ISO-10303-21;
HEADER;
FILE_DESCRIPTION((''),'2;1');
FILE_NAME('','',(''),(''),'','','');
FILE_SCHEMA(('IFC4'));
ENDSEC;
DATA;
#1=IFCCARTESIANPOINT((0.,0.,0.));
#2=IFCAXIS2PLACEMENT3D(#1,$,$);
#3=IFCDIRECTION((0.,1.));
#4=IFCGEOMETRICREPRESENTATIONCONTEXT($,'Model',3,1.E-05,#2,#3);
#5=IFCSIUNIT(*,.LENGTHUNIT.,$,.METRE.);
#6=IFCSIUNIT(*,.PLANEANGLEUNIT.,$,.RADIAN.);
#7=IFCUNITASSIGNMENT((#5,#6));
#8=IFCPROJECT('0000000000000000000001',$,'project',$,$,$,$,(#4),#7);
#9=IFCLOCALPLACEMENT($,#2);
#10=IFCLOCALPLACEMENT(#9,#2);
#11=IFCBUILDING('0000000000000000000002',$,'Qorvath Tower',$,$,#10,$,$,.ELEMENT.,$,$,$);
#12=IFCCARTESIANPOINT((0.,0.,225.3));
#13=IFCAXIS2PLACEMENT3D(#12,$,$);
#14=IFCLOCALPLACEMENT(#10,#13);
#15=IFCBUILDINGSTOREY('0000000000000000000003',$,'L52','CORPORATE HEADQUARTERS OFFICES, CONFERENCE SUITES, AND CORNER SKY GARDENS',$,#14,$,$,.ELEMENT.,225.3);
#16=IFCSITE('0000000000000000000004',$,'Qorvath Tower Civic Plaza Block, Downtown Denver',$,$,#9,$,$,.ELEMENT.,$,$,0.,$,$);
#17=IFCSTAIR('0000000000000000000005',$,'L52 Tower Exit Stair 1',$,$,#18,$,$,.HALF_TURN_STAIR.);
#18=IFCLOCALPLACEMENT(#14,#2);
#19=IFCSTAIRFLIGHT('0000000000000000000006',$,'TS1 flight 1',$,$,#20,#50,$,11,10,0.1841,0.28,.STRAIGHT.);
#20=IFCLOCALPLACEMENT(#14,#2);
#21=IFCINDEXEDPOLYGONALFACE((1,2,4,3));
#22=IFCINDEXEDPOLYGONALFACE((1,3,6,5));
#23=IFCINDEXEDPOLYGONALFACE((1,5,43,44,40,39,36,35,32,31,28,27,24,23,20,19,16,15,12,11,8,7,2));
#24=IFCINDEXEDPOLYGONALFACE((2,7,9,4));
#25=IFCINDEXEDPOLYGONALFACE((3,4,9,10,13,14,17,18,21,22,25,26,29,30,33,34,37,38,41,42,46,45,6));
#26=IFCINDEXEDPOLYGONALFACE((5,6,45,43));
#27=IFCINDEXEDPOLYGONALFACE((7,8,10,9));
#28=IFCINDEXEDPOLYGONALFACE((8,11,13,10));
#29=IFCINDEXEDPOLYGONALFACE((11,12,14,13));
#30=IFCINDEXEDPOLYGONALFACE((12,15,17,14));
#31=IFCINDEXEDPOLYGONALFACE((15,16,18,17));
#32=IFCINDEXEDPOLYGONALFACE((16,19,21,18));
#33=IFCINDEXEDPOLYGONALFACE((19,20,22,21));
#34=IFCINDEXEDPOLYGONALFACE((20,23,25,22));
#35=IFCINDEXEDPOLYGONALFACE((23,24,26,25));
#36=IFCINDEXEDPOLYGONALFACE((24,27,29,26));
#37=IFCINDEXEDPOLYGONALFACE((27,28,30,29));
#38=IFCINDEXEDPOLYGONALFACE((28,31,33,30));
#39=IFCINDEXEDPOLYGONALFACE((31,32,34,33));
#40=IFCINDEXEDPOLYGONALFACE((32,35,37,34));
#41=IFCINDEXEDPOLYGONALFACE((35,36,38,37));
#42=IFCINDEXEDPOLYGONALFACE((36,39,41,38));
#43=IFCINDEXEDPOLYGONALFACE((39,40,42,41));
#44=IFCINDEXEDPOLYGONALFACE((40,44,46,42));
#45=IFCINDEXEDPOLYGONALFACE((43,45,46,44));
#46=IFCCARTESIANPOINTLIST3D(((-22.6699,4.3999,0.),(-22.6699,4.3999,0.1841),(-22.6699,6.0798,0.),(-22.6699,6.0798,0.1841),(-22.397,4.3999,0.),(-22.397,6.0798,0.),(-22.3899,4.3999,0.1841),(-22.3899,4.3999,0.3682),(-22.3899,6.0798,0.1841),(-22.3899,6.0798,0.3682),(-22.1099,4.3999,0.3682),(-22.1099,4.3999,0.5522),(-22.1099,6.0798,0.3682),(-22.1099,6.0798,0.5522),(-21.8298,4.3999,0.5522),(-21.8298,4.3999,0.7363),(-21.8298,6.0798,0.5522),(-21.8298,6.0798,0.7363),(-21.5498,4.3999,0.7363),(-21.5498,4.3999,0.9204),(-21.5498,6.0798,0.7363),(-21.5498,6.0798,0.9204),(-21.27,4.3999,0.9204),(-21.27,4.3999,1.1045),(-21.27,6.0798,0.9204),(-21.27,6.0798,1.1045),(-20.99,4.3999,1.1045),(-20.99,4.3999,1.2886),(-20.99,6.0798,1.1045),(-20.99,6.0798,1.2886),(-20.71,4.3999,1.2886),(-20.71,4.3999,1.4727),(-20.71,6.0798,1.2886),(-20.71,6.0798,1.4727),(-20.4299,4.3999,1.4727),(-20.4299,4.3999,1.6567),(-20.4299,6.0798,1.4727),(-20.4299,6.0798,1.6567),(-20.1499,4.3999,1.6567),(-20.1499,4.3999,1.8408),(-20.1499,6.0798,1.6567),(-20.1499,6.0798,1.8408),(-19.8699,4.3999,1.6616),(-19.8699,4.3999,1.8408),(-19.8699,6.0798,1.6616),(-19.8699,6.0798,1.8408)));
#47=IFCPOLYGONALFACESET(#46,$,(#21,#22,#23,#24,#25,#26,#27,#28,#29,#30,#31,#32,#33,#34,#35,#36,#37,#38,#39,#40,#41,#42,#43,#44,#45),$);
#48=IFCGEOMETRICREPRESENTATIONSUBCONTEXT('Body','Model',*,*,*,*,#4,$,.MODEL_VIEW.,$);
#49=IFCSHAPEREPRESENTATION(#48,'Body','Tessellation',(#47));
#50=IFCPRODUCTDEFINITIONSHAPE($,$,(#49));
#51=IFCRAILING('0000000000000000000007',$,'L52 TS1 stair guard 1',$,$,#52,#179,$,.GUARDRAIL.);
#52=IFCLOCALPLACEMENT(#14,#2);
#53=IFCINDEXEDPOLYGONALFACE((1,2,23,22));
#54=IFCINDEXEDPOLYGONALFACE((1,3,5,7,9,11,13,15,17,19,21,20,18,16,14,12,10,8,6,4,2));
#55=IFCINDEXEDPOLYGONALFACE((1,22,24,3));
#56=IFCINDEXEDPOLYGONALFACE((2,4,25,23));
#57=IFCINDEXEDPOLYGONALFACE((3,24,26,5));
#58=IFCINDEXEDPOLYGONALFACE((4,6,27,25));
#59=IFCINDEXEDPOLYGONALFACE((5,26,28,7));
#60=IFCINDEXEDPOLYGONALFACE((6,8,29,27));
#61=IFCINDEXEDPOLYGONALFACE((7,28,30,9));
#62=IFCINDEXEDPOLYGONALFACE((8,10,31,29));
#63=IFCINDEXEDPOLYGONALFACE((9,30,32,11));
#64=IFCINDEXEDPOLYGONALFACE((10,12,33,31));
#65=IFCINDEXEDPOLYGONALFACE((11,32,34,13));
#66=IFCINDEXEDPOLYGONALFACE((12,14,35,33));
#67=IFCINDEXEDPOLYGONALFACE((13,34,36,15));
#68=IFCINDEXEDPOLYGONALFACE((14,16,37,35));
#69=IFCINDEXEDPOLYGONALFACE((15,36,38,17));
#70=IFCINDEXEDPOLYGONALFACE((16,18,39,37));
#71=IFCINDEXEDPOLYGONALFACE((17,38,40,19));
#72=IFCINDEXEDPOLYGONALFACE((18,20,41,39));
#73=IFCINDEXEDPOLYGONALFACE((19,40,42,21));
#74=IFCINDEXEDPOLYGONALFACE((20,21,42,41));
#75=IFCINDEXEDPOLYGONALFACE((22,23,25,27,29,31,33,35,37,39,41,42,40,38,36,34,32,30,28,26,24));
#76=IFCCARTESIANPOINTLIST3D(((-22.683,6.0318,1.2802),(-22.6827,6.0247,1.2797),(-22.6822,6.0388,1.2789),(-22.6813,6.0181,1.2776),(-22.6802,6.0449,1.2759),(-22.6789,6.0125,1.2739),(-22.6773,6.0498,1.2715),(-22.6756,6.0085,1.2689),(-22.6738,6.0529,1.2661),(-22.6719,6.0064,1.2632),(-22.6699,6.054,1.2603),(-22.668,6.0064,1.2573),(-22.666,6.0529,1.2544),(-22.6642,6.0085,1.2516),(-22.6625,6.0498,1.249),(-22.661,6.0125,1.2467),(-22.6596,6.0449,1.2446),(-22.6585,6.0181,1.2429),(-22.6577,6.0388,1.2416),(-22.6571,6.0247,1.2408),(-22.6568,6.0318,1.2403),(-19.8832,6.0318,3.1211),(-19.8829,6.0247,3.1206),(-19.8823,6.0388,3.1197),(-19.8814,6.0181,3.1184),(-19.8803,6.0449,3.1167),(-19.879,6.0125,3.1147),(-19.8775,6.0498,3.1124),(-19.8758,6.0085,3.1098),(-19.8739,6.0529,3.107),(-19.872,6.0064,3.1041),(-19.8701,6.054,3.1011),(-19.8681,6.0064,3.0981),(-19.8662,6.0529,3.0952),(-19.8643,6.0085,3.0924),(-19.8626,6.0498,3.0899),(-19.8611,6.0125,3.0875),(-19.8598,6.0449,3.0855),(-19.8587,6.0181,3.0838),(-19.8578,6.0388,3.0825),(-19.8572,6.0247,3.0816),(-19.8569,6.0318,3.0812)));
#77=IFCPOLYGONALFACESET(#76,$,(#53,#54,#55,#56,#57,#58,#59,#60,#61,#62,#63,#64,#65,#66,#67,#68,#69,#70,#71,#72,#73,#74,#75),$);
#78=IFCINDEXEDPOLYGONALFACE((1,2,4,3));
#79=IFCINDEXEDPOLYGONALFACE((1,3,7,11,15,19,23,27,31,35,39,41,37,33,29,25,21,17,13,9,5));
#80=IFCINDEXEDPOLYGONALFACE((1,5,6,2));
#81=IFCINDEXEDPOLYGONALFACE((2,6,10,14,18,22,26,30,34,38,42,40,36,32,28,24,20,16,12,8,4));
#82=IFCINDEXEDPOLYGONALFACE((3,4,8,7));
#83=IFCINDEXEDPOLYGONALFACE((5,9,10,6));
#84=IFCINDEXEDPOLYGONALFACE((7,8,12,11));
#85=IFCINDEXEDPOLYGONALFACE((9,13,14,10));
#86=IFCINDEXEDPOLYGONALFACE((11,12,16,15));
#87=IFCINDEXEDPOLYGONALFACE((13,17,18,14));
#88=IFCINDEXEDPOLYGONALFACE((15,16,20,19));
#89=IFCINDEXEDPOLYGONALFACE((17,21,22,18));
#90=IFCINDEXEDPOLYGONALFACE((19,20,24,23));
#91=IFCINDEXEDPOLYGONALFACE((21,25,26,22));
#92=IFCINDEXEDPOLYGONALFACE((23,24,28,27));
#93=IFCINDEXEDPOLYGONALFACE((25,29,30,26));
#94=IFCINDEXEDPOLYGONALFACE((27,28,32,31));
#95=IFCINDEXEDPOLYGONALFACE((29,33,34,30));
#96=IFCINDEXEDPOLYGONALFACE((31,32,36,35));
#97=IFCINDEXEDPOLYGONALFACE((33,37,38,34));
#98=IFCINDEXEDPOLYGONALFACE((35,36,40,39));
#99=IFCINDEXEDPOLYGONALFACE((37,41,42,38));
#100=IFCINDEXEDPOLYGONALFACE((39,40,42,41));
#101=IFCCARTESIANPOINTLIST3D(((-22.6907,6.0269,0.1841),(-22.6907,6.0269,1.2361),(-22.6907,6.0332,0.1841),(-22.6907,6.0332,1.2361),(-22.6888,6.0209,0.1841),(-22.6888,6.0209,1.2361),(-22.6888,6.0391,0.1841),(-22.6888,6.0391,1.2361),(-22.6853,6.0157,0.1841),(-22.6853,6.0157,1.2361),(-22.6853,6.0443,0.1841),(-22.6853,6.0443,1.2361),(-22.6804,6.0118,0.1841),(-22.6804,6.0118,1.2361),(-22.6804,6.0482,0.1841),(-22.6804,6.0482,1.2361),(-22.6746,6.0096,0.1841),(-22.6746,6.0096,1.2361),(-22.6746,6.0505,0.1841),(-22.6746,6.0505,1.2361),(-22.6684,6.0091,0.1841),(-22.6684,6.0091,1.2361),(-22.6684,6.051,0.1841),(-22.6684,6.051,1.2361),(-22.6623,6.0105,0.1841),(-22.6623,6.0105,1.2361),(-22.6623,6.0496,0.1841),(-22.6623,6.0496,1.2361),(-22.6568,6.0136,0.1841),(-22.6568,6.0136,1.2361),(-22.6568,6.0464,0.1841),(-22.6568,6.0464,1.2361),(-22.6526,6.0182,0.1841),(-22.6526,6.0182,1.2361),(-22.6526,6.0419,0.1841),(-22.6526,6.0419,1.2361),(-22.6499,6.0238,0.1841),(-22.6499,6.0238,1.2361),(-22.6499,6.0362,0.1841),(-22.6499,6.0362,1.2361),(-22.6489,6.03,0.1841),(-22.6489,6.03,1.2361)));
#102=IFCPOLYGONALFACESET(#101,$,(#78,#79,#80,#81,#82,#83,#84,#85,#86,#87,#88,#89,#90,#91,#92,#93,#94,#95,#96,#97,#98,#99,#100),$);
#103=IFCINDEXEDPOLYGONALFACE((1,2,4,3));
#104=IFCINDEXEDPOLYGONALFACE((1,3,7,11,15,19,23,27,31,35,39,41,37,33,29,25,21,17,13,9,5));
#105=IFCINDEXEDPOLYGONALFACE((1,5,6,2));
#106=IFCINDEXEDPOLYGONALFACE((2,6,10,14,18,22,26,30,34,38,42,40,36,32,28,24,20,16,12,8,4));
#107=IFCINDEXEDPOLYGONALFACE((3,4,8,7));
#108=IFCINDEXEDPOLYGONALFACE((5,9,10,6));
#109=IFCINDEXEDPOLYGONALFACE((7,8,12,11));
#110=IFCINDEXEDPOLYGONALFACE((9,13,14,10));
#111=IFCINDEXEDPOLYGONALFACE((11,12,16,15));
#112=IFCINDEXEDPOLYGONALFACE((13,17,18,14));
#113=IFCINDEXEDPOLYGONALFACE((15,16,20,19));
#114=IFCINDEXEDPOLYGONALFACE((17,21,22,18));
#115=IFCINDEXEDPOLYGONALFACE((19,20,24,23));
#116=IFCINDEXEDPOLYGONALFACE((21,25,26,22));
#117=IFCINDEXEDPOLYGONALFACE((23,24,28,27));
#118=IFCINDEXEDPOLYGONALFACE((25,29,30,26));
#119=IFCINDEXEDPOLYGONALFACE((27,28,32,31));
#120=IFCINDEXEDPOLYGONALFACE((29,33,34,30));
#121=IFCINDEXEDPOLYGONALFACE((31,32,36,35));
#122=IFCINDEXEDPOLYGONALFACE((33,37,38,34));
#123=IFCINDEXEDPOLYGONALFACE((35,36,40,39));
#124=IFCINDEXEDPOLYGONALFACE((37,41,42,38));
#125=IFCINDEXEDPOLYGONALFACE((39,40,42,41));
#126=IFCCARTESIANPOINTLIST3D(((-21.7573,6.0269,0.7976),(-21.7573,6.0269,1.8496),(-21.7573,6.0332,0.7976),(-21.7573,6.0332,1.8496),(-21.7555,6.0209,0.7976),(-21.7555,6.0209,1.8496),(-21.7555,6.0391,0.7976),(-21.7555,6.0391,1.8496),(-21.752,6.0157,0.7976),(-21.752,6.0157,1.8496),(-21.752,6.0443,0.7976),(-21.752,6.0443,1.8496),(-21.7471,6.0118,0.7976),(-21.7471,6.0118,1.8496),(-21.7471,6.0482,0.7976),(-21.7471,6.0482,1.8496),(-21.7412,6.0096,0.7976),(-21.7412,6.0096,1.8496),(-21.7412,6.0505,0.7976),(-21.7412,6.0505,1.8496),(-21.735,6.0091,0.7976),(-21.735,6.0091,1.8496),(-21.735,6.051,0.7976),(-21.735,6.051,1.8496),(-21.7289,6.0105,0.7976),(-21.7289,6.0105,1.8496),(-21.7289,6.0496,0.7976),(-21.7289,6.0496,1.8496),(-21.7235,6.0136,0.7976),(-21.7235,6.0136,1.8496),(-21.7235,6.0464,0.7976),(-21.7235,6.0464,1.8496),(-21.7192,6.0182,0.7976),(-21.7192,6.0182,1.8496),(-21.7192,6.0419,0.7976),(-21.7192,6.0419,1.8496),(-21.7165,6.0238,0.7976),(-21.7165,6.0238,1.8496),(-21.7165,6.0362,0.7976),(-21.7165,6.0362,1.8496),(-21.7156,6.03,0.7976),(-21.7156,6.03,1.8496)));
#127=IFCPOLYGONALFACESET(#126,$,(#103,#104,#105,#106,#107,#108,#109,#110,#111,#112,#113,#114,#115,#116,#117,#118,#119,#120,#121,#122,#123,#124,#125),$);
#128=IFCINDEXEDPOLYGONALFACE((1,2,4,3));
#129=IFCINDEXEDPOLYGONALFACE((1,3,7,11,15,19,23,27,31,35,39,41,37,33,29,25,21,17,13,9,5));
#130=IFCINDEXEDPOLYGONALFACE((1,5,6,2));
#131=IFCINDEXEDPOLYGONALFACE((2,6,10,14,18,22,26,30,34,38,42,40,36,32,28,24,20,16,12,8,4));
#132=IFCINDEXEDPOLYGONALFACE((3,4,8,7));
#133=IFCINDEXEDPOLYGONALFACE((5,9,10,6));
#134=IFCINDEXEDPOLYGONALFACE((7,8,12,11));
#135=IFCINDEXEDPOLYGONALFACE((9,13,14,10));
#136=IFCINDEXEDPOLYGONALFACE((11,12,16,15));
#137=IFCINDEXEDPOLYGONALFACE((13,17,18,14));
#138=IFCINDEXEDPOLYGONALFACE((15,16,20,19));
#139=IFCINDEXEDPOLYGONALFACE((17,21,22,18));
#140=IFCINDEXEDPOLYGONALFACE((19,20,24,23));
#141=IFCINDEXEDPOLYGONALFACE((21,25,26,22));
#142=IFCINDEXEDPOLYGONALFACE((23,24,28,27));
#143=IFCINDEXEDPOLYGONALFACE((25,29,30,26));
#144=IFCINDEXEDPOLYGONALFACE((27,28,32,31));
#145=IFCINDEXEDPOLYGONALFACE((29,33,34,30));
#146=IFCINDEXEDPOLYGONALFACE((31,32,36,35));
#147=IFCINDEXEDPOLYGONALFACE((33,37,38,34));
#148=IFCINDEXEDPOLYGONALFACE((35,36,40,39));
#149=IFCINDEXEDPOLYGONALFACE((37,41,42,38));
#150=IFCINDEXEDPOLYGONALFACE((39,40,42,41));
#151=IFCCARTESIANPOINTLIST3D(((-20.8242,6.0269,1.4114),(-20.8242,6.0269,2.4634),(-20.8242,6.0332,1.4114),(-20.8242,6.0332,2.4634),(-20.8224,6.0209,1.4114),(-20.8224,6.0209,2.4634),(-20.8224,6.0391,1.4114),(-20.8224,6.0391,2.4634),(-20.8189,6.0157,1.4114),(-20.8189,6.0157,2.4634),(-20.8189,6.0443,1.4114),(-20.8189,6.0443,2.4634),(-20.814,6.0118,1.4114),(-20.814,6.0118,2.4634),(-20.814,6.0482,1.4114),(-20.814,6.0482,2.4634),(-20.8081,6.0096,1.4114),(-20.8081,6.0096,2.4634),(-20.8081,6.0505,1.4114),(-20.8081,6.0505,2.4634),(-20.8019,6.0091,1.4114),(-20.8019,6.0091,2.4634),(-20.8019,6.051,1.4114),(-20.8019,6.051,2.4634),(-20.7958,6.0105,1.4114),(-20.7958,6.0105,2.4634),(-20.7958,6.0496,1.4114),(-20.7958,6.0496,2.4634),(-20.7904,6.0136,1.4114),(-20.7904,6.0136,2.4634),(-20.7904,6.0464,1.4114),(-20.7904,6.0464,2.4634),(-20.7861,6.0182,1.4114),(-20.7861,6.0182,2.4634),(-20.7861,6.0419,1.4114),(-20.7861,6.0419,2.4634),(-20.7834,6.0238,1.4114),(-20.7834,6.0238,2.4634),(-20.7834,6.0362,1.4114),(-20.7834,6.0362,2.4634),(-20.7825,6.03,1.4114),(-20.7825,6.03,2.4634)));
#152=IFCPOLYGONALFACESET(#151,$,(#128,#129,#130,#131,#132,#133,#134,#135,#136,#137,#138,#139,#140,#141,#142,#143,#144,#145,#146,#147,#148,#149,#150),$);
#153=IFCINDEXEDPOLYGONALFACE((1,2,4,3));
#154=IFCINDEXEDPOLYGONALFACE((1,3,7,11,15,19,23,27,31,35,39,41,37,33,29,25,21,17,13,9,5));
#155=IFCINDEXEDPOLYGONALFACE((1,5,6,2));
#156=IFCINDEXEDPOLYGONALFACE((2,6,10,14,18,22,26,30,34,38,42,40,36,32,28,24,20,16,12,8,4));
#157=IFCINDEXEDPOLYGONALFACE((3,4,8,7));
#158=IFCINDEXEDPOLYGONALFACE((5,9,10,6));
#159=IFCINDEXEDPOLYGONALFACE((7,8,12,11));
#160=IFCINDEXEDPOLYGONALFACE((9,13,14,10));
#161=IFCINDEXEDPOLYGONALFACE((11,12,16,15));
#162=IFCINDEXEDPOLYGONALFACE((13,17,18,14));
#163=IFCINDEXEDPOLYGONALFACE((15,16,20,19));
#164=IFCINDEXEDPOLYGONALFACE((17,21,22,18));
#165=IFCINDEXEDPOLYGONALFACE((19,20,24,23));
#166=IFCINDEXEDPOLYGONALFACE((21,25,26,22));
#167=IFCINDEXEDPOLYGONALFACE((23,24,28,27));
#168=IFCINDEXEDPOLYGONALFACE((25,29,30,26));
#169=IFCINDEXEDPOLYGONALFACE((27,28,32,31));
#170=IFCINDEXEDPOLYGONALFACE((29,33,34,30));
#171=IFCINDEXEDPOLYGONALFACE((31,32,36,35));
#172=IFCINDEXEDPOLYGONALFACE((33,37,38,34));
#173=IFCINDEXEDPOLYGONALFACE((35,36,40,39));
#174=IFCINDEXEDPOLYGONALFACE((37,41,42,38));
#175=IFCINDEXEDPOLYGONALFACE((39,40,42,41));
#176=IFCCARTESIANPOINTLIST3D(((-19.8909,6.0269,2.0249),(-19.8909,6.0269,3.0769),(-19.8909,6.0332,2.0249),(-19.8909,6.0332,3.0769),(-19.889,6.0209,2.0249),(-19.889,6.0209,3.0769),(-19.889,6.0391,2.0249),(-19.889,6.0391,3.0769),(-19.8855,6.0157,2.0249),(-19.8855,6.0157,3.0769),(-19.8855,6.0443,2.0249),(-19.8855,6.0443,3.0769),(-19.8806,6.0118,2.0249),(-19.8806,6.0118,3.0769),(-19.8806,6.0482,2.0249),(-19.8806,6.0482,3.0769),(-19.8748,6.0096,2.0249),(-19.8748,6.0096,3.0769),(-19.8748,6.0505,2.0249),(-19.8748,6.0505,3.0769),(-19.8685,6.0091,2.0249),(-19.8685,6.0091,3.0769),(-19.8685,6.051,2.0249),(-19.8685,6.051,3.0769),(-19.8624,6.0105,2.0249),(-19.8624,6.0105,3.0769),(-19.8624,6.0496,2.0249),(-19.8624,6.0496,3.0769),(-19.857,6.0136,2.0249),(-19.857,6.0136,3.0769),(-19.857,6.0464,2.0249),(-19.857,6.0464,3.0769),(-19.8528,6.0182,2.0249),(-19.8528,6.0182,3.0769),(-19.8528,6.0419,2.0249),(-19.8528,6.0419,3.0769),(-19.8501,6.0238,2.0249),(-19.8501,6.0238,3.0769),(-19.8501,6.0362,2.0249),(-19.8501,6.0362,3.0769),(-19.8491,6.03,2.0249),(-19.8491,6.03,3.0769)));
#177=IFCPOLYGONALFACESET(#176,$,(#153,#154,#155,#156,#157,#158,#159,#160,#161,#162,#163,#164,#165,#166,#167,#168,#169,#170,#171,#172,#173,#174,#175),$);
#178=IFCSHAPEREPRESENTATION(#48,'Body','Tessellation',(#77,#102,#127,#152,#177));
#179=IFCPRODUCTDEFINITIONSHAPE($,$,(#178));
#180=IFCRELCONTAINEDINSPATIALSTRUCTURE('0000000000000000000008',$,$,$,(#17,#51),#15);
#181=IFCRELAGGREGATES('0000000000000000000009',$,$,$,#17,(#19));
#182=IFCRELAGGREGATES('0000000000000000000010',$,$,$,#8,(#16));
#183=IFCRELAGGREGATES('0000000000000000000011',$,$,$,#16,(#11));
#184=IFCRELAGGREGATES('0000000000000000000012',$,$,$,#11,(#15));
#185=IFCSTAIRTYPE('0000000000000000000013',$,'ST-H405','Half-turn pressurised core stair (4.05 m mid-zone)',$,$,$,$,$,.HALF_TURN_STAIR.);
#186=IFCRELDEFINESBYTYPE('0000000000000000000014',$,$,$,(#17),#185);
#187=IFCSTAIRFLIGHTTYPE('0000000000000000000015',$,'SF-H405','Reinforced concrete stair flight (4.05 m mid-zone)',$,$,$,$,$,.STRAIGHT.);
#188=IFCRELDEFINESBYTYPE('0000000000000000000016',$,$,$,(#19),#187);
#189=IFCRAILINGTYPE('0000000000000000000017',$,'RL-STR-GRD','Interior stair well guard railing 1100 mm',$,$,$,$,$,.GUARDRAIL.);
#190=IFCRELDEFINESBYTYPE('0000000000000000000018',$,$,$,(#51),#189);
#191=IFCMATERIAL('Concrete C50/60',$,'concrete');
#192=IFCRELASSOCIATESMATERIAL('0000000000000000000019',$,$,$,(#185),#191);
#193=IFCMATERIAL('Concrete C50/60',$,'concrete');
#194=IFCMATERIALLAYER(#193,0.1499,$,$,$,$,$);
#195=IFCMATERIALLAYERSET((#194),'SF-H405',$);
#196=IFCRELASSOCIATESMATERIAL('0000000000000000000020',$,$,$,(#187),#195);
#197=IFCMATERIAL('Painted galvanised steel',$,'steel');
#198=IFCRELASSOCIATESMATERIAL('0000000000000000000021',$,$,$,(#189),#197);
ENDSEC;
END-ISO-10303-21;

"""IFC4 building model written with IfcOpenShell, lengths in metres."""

from ifc_helpers import new_model, si_unit, direction, frame, origin, origin_2d, place, context, subcontext, project, spatial, polyline, circle, outline, extrude, material, layer, layer_set, type_object, element, aggregate, save


model = new_model("IFC4")

# Units and contexts
model_context = context("Model", 3, precision=1e-05, world=origin(), true_north=direction((0.0, 1.0)))
body_context = subcontext(model_context, "Body", "Model", "MODEL_VIEW")
ifc_project = project(units=[si_unit("LENGTHUNIT", "METRE"), si_unit("PLANEANGLEUNIT", "RADIAN")], contexts=[model_context])

# Site, building, storey
site_placement = place(None, origin())
site = spatial("IfcSite", under=ifc_project, at=site_placement, Name="Qorvath Tower Civic Plaza Block, Downtown Denver", CompositionType="ELEMENT", RefElevation=0.0)
building_placement = place(site_placement, origin())
building = spatial("IfcBuilding", under=site, at=building_placement, Name="Qorvath Tower", CompositionType="ELEMENT")
storey_placement = place(building_placement, frame((0.0, 0.0, 225.3)))
storey = spatial("IfcBuildingStorey", under=building, at=storey_placement, Name="L52", Description="CORPORATE HEADQUARTERS OFFICES, CONFERENCE SUITES, AND CORNER SKY GARDENS", CompositionType="ELEMENT", Elevation=225.3)

# Stair, stair flight
ifc_material_1 = material(Name="Concrete C50/60", Category="concrete")
stair_type = type_object("IfcStairType", Name="ST-H405", Description="Half-turn pressurised core stair (4.05 m mid-zone)", PredefinedType="HALF_TURN_STAIR", material=ifc_material_1)
stair_placement = place(storey_placement, origin())
stair = element("IfcStair", 1, at=stair_placement, inside=storey, type_object=stair_type, Name="L52 Tower Exit Stair 1", PredefinedType="HALF_TURN_STAIR")
ifc_material_2 = material(Name="Concrete C50/60", Category="concrete")
ifc_layer_1 = layer(ifc_material_2, 0.1499)
ifc_layer_set_1 = layer_set([ifc_layer_1], Name="SF-H405")
stair_flight_type = type_object("IfcStairFlightType", Name="SF-H405", Description="Reinforced concrete stair flight (4.05 m mid-zone)", PredefinedType="STRAIGHT", material=ifc_layer_set_1)
stair_flight_placement = place(storey_placement, frame((-22.6699, 5.24, 0.0), z_axis=(0.0, 0.0, 1.0), x_axis=(1.0, 0.0, 0.0)))
stair_flight = element("IfcStairFlight", 2, at=stair_flight_placement, type_object=stair_flight_type, Name="TS1 flight 1", NumberOfRisers=11, NumberOfTreads=10, PredefinedType="STRAIGHT", RiserHeight=0.1841, TreadLength=0.28, context=body_context, shape_type="SweptSolid", body=[
    extrude(outline(polyline([(0.0, 0.0), (0.0, 0.1841), (0.28, 0.1841), (0.28, 0.3682), (0.5601, 0.3682), (0.5601, 0.5522), (0.8401, 0.5522), (0.8401, 0.7363), (1.1201, 0.7363), (1.1201, 0.9204), (1.3999, 0.9204), (1.3999, 1.1045), (1.6799, 1.1045), (1.6799, 1.2886), (1.96, 1.2886), (1.96, 1.4727), (2.24, 1.4727), (2.24, 1.6567), (2.52, 1.6567), (2.52, 1.8408), (2.8, 1.8408), (2.8, 2.0249), (2.8, 1.6616), (0.2729, 0.0), (0.0, 0.0)])), frame((0.0, 0.8398, 0.0), z_axis=(0.0, -1.0, 0.0), x_axis=(1.0, 0.0, 0.0)), (0.0, 0.0, 1.0), 1.6799),
])
aggregate(stair, [stair_flight])

# Railing
ifc_material_3 = material(Name="Painted galvanised steel", Category="steel")
railing_type_1 = type_object("IfcRailingType", Name="RL-STR-GRD", Description="Interior stair well guard railing 1100 mm", PredefinedType="GUARDRAIL", material=ifc_material_3)
railing_1_placement = place(storey_placement, frame((-22.6699, 6.03, 0.1841)))
element("IfcRailing", 3, at=railing_1_placement, inside=storey, type_object=railing_type_1, Name="L52 TS1 stair guard 1", PredefinedType="GUARDRAIL", context=body_context, shape_type="SweptSolid", body=[
    extrude(circle(Radius=0.0239, at=origin_2d()), frame((0.0, 0.0, 1.0762), z_axis=(0.835576, 0.0, 0.549376), x_axis=(0.0, 1.0, 0.0)), (0.0, 0.0, 1.0), 3.3508),
    extrude(circle(Radius=0.021, at=origin_2d()), origin(), (0.0, 0.0, 1.0), 1.052),
    extrude(circle(Radius=0.021, at=origin_2d()), frame((0.9333, 0.0, 0.6135)), (0.0, 0.0, 1.0), 1.052),
    extrude(circle(Radius=0.021, at=origin_2d()), frame((1.8665, 0.0, 1.2273)), (0.0, 0.0, 1.0), 1.052),
    extrude(circle(Radius=0.021, at=origin_2d()), frame((2.7998, 0.0, 1.8408)), (0.0, 0.0, 1.0), 1.052),
])

save(model, "model.ifc")
